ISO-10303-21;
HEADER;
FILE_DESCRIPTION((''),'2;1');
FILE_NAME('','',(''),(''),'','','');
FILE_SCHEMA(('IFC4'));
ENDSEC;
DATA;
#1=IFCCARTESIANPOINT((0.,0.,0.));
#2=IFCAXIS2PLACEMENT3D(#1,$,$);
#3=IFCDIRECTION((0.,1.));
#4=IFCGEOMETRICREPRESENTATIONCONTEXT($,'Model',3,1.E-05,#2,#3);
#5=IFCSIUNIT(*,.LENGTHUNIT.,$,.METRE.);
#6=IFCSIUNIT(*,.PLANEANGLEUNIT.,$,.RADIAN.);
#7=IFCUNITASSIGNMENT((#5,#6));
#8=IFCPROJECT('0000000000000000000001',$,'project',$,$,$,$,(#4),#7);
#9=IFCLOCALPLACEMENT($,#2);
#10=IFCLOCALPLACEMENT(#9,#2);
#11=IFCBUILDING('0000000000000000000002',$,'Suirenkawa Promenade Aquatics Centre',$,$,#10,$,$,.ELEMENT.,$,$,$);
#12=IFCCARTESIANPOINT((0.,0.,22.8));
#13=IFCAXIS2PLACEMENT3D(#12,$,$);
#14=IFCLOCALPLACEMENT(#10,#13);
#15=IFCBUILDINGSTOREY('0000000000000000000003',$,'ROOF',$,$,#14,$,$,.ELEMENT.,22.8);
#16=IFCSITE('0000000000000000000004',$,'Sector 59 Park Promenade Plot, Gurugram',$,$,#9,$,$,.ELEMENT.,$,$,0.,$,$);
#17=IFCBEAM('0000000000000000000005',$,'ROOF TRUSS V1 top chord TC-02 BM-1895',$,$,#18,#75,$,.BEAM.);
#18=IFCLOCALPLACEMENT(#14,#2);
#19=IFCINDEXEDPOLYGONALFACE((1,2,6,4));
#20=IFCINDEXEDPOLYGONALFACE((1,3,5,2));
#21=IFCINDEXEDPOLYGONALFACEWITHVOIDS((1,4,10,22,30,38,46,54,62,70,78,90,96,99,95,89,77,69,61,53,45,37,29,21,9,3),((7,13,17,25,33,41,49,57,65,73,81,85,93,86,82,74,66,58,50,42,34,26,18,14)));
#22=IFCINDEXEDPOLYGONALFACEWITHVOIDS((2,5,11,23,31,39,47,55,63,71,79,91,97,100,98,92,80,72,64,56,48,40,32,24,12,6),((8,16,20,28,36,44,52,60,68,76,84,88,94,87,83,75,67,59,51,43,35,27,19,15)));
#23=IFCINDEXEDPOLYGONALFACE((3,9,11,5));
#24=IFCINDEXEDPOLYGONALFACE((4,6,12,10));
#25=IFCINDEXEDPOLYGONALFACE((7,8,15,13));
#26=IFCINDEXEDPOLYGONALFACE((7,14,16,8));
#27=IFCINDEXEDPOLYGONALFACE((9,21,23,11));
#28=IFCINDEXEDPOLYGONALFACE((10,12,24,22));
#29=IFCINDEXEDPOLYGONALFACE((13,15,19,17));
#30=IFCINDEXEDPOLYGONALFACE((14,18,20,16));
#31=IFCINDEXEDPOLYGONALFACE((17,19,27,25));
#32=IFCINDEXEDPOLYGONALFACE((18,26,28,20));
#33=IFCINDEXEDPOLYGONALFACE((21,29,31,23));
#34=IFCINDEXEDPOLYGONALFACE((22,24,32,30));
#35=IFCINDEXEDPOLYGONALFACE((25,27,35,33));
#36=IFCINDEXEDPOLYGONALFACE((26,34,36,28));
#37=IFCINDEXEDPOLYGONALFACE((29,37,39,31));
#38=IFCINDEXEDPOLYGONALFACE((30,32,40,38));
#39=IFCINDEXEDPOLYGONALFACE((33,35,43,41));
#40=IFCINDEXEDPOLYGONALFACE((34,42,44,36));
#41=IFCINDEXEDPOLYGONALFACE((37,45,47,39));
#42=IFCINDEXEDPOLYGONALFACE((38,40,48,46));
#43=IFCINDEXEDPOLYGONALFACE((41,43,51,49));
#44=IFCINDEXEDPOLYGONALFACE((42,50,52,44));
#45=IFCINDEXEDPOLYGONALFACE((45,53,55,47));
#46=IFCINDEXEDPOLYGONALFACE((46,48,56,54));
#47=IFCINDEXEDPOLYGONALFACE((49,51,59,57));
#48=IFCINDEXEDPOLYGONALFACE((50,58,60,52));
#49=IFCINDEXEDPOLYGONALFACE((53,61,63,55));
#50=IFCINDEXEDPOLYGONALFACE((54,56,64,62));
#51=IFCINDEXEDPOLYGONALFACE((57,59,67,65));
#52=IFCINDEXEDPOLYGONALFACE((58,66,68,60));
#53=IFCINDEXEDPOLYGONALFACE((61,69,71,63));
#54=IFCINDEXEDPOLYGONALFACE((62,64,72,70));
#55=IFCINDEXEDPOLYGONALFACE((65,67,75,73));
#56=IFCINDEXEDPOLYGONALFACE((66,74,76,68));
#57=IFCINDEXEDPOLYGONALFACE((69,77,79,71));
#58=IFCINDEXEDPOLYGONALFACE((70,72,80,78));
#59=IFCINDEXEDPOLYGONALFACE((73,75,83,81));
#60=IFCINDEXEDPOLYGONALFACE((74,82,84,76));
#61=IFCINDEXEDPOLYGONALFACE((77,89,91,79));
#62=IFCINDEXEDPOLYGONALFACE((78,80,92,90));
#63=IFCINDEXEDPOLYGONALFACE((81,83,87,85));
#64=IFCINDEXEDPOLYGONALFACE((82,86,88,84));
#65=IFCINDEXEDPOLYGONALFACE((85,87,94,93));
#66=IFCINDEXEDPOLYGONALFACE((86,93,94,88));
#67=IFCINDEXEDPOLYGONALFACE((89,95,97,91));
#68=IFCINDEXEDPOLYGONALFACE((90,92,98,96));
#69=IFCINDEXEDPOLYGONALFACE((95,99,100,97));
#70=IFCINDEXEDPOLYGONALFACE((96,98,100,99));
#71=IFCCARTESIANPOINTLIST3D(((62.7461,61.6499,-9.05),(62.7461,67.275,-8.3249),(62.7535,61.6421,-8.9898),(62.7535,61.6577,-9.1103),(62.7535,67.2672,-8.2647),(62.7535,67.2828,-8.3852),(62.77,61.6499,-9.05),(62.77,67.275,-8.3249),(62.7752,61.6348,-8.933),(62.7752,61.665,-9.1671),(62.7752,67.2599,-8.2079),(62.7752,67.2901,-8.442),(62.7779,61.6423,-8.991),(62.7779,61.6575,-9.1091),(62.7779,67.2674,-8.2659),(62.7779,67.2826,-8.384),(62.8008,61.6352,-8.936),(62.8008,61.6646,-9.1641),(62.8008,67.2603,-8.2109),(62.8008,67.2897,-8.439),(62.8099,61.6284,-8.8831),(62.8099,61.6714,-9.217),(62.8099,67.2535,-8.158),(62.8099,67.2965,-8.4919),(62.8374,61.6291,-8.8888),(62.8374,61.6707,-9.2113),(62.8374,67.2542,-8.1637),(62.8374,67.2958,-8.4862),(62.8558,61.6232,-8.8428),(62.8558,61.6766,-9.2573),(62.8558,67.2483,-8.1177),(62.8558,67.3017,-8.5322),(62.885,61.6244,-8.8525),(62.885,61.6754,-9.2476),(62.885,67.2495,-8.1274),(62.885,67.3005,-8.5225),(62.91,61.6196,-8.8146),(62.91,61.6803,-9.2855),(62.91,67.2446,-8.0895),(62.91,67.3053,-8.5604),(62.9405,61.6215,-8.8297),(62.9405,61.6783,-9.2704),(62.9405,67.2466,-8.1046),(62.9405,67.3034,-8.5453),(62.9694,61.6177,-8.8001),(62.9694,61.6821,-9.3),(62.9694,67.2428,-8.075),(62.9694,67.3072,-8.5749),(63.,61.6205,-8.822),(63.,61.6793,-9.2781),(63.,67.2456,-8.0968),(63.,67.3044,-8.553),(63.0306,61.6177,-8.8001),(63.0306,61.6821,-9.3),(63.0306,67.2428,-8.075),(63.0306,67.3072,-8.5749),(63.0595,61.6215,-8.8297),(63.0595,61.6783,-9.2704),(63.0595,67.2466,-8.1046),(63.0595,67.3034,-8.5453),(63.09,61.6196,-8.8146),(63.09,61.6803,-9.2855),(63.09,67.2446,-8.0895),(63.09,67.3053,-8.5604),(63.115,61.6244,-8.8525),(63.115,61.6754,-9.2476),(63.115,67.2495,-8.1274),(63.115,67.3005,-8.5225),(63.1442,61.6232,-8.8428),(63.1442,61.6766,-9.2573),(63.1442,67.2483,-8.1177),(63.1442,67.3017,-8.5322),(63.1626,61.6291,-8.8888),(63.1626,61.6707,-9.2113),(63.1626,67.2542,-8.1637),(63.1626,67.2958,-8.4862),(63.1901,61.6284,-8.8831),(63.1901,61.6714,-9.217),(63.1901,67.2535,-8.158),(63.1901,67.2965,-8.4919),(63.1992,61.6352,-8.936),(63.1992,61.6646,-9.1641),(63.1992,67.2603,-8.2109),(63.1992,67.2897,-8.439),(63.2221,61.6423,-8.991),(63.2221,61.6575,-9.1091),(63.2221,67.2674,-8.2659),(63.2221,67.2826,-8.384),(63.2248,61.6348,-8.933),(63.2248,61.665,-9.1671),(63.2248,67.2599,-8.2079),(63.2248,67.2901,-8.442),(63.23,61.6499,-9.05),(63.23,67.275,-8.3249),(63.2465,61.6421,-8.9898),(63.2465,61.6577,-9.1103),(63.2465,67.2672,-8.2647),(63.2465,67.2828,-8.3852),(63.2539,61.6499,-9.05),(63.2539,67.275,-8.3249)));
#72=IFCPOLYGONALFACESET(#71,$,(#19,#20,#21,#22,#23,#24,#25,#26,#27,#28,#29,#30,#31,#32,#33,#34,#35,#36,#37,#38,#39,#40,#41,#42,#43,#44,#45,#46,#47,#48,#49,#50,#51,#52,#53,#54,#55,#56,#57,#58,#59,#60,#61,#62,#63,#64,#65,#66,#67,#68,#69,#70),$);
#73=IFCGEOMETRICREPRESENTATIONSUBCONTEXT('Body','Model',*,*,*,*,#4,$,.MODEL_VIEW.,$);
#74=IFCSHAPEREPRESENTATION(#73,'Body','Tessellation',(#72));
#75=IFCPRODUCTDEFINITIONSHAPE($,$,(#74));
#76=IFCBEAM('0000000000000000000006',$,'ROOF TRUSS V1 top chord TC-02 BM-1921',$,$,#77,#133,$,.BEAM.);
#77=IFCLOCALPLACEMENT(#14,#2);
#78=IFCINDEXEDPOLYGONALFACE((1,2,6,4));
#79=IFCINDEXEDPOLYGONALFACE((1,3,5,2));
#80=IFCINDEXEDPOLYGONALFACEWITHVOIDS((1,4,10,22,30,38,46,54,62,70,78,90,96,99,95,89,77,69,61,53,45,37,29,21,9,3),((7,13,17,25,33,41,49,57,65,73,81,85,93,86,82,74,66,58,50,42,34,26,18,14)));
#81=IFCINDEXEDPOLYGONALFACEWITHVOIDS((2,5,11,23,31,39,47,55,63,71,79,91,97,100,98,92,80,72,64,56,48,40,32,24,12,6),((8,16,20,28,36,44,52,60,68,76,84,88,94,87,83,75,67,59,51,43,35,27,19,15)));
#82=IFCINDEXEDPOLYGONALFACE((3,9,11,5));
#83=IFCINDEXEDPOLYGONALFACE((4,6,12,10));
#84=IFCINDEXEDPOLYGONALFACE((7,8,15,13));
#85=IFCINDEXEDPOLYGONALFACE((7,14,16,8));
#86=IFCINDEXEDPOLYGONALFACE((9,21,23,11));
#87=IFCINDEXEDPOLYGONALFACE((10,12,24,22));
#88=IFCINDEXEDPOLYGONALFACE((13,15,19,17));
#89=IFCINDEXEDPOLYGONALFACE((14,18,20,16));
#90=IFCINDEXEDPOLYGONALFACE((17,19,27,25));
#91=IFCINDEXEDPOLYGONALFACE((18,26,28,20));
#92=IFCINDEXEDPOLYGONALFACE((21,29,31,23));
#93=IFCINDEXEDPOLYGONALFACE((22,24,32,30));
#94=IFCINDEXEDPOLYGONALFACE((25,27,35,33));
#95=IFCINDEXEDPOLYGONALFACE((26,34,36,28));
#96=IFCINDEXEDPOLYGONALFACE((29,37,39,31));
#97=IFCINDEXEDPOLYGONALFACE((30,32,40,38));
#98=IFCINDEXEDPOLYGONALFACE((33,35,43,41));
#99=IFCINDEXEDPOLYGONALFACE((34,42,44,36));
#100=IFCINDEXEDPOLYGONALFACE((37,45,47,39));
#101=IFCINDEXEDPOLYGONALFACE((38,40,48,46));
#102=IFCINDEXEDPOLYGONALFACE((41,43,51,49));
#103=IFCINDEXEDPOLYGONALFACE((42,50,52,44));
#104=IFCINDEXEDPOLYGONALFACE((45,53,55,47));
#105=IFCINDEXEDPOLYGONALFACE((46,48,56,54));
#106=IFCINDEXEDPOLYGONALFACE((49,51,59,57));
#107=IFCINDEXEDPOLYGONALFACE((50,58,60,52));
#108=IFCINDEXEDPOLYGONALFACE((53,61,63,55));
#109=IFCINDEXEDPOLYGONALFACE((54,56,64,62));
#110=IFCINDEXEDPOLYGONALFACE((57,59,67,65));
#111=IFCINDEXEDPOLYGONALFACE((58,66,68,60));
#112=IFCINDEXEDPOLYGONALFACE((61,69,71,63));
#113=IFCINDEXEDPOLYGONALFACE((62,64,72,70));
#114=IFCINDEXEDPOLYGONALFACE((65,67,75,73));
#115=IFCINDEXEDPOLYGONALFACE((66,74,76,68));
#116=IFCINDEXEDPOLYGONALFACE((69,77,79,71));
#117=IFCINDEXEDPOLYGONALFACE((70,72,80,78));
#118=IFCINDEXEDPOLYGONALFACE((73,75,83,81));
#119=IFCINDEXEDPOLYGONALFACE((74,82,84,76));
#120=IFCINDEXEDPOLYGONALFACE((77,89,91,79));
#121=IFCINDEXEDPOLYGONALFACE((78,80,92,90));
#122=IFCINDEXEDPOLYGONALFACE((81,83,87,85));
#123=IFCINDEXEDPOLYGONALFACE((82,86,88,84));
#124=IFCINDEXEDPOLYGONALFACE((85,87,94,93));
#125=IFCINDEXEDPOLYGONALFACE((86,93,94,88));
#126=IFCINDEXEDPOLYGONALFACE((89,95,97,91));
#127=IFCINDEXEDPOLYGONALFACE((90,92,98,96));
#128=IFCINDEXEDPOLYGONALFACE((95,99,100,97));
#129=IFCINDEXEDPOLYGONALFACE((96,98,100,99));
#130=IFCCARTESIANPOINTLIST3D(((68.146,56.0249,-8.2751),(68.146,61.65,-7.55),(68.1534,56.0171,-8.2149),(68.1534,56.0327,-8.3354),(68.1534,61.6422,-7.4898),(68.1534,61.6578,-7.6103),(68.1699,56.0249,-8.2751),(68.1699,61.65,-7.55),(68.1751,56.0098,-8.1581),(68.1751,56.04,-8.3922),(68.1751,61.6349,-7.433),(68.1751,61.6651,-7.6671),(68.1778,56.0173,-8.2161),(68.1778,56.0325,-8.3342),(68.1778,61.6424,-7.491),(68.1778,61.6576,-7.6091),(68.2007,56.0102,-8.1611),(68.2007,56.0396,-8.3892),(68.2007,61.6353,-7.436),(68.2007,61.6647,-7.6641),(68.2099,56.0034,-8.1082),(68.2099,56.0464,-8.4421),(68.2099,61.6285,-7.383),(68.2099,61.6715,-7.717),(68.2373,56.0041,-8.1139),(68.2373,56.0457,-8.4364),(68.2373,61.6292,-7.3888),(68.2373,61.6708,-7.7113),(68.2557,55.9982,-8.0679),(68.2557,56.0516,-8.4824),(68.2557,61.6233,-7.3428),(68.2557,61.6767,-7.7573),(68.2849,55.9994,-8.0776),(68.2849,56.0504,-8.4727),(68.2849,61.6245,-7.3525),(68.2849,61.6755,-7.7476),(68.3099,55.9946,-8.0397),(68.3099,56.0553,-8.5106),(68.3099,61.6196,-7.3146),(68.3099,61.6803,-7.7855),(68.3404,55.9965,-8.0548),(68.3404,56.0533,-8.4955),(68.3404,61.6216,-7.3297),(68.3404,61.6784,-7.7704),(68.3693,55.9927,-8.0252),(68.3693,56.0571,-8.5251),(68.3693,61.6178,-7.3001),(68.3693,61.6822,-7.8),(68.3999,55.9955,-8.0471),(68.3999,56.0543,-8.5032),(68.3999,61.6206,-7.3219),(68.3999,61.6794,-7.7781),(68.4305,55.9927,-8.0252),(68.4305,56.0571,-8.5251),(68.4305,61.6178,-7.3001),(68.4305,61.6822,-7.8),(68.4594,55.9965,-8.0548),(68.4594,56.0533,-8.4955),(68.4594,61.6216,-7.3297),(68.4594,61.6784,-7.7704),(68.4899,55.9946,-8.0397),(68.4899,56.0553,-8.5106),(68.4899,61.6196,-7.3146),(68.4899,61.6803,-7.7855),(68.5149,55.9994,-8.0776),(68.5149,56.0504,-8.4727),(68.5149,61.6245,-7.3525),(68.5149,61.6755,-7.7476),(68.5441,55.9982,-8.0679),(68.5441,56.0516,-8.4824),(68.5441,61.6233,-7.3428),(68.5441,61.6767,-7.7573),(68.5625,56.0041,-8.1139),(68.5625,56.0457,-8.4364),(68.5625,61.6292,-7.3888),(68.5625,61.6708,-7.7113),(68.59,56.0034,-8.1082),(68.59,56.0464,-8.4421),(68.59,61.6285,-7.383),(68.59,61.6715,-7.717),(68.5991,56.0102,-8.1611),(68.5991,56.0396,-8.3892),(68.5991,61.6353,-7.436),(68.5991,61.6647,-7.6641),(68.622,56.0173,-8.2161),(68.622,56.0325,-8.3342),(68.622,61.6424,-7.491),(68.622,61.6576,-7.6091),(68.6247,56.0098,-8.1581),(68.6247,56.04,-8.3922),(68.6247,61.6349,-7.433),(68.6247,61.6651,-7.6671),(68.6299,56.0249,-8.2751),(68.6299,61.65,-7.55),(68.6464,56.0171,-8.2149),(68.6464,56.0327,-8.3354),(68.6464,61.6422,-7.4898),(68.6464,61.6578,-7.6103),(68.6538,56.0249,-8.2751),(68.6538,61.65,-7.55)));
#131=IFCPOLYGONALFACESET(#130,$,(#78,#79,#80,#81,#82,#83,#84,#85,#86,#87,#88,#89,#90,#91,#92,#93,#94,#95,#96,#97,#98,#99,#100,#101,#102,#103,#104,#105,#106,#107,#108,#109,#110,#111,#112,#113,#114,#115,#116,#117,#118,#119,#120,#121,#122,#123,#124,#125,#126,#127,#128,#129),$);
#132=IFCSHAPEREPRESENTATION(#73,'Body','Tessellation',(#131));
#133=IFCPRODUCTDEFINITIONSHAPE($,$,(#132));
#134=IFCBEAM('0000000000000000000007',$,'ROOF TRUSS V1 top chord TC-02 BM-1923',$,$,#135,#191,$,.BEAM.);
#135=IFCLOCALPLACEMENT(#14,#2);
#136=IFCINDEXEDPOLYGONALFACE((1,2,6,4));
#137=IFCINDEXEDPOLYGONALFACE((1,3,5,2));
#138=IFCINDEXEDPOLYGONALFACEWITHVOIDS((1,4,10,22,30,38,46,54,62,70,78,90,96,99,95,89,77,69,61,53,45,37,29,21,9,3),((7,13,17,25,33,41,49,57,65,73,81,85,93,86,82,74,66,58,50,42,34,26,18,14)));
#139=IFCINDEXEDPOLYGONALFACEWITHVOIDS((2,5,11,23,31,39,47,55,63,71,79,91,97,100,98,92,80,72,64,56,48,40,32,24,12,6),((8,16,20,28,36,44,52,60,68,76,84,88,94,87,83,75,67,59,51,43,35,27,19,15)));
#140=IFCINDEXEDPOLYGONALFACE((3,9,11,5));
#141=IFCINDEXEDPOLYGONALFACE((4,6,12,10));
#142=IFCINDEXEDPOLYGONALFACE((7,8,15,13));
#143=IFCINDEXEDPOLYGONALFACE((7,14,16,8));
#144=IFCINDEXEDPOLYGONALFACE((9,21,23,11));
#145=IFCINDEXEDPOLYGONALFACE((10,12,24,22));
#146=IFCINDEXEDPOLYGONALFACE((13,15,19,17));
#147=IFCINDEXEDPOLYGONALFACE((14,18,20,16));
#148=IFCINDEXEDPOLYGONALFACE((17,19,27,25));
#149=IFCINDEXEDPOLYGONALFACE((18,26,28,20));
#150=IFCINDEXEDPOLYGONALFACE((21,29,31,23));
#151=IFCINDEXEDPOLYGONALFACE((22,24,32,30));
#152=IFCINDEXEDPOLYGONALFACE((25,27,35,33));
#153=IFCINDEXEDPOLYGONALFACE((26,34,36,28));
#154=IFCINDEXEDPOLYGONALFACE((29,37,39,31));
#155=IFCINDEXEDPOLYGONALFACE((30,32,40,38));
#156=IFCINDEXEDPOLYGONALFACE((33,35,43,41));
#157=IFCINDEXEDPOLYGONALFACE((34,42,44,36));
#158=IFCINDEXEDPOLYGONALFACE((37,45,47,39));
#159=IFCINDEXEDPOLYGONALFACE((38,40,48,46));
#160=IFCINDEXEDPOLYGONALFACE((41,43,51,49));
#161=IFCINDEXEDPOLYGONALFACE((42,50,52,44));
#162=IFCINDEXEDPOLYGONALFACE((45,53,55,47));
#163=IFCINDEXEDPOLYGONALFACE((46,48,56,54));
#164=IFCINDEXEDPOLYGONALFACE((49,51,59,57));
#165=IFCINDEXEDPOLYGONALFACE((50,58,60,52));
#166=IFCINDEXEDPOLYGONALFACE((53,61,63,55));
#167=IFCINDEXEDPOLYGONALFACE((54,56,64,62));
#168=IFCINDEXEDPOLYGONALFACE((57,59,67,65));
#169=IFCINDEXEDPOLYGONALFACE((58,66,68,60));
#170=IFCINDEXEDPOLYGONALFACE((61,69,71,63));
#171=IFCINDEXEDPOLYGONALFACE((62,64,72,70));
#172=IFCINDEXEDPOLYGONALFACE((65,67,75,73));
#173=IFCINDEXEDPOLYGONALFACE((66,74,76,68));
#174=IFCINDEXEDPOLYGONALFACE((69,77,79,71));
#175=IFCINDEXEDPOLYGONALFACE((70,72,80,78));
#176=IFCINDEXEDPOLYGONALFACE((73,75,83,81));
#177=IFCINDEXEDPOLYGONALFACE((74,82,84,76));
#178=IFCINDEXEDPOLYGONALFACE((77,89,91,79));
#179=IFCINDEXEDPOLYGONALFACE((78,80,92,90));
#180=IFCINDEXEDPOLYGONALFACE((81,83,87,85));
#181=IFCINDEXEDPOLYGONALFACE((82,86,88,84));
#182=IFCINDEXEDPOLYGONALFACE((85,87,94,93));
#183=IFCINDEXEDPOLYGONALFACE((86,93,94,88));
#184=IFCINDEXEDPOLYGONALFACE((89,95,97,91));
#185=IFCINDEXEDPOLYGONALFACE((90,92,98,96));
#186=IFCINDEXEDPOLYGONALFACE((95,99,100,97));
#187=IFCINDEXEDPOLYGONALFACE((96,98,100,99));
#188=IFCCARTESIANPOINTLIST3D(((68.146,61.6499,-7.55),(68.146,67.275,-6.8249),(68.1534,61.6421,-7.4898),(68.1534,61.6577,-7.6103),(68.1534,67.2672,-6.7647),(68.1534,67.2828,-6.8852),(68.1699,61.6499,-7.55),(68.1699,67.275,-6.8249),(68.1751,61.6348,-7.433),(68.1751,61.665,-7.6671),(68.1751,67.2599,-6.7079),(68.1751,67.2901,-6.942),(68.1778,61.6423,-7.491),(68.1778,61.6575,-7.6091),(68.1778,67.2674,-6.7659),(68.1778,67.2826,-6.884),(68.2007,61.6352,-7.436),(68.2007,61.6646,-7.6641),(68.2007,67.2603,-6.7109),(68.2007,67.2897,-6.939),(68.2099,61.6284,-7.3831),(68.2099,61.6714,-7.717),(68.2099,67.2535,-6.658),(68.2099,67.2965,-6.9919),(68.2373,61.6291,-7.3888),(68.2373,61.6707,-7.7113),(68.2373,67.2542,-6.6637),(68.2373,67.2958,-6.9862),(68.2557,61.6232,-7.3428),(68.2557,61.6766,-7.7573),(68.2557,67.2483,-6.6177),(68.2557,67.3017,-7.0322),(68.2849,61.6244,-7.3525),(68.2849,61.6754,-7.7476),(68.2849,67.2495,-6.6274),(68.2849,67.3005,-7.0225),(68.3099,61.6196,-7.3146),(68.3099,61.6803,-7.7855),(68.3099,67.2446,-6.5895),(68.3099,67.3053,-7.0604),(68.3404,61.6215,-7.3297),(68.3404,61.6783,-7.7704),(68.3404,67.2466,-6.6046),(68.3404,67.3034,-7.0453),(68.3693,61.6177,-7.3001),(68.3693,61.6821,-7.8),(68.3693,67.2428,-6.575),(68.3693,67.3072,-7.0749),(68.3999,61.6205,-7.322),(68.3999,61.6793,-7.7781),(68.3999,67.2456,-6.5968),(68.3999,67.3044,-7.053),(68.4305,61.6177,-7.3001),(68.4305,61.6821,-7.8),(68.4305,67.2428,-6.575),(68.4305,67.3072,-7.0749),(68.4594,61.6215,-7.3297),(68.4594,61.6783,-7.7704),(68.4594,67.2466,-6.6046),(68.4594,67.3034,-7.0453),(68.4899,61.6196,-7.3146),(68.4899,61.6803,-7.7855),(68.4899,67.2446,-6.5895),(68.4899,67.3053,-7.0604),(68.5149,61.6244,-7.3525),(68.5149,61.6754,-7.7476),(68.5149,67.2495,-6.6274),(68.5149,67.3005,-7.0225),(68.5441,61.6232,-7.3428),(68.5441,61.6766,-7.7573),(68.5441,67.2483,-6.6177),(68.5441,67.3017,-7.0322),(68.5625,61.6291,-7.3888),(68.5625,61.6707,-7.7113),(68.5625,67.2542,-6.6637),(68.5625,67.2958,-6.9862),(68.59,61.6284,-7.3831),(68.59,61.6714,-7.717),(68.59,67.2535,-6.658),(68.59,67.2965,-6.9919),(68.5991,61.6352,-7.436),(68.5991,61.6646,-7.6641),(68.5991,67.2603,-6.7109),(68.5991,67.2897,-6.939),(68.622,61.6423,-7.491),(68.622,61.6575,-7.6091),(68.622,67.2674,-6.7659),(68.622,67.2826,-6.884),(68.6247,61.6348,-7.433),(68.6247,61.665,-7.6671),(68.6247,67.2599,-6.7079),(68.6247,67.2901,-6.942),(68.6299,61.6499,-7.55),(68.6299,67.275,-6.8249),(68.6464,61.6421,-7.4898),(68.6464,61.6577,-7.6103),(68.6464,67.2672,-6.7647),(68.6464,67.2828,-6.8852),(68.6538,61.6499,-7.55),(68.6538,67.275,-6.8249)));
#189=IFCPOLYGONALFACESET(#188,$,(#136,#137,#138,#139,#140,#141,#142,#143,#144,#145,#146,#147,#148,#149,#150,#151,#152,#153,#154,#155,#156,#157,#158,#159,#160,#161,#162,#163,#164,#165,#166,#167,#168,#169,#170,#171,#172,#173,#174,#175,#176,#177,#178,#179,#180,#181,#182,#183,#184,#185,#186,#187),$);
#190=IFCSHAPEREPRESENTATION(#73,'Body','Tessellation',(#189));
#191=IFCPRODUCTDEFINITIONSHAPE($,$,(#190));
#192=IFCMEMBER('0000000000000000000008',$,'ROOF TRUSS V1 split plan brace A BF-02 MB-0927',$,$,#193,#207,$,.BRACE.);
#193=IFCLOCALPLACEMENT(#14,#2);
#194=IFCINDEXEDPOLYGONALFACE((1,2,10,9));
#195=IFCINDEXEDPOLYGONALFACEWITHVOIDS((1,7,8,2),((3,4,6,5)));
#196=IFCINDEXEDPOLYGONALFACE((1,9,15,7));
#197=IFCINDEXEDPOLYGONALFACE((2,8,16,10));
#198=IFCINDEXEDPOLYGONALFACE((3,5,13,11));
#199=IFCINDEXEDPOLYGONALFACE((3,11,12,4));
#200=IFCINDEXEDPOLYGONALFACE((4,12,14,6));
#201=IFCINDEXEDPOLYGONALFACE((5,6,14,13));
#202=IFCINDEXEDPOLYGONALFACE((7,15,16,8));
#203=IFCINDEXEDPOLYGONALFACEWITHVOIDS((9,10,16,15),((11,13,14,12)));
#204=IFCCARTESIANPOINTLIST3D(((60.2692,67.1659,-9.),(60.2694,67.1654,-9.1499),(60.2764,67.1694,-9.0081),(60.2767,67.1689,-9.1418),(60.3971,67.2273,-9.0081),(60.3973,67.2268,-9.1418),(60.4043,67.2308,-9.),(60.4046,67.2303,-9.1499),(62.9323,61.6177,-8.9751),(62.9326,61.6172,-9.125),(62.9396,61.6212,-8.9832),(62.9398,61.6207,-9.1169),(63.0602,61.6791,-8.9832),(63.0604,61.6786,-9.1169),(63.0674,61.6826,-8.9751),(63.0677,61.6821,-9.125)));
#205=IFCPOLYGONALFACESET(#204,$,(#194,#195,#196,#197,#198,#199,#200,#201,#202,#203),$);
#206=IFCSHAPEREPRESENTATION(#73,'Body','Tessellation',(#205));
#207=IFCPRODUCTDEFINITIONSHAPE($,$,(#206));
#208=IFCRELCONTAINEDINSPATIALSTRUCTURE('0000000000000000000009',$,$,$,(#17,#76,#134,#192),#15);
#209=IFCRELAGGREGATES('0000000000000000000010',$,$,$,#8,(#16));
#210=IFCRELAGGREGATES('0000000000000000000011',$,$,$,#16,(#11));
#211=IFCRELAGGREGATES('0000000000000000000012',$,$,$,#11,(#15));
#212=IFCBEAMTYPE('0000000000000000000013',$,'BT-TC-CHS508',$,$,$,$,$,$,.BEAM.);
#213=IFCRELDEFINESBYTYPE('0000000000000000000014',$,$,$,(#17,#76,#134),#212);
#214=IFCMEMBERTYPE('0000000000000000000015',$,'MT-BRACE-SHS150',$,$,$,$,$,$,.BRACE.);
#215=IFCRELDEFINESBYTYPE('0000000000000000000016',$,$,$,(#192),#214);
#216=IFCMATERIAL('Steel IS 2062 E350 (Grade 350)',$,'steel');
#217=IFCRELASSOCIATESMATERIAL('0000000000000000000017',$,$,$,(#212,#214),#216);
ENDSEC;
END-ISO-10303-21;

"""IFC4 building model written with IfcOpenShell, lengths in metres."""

from ifc_helpers import new_model, si_unit, direction, frame, origin, origin_2d, place, context, subcontext, project, spatial, hollow_rectangle, hollow_circle, extrude, material, material_profile, profile_set, type_object, element, save


model = new_model("IFC4")

# Units and contexts
model_context = context("Model", 3, precision=1e-05, world=origin(), true_north=direction((0.0, 1.0)))
body_context = subcontext(model_context, "Body", "Model", "MODEL_VIEW")
ifc_project = project(units=[si_unit("LENGTHUNIT", "METRE"), si_unit("PLANEANGLEUNIT", "RADIAN")], contexts=[model_context])

# Site, building, storey
site_placement = place(None, origin())
site = spatial("IfcSite", under=ifc_project, at=site_placement, Name="Sector 59 Park Promenade Plot, Gurugram", CompositionType="ELEMENT", RefElevation=0.0)
building_placement = place(site_placement, origin())
building = spatial("IfcBuilding", under=site, at=building_placement, Name="Suirenkawa Promenade Aquatics Centre", CompositionType="ELEMENT")
storey_placement = place(building_placement, frame((0.0, 0.0, 22.8)))
storey = spatial("IfcBuildingStorey", under=building, at=storey_placement, Name="ROOF", CompositionType="ELEMENT", Elevation=22.8)

# Beams
ifc_material = material(Name="Steel IS 2062 E350 (Grade 350)", Category="steel")
ifc_material_profile_1 = material_profile(ifc_material, hollow_circle(Radius=0.2539, WallThickness=0.0239, at=origin_2d()), Name="CHS 508x24", Category="steel")
ifc_profile_set_1 = profile_set([ifc_material_profile_1], Name="Steel IS 2062 E350 (Grade 350)")
beam_type_1 = type_object("IfcBeamType", Name="BT-TC-CHS508", PredefinedType="BEAM", material=ifc_profile_set_1)
for number, where, z_axis, x_axis, name in (
    (1, (63.0, 61.6499, -9.05), (0.0, 0.991794, 0.127848), (-1.0, 0.0, 0.0), "ROOF TRUSS V1 top chord TC-02 BM-1895"),
    (2, (68.3999, 56.0249, -8.2751), (0.0, 0.991794, 0.127848), (-1.0, 0.0, 0.0), "ROOF TRUSS V1 top chord TC-02 BM-1921"),
    (3, (68.3999, 61.6499, -7.55), (0.0, 0.991794, 0.127848), (-1.0, 0.0, 0.0), "ROOF TRUSS V1 top chord TC-02 BM-1923"),
):
    element("IfcBeam", number, at=place(storey_placement, frame(where, z_axis=z_axis, x_axis=x_axis)), inside=storey, type_object=beam_type_1, Name=name, PredefinedType="BEAM", context=body_context, shape_type="SweptSolid", body=[
        extrude(hollow_circle(Radius=0.2539, WallThickness=0.0239, at=origin_2d()), origin(), (0.0, 0.0, 1.0), 5.6716),
    ])

# Member
ifc_material_profile_2 = material_profile(ifc_material, hollow_rectangle(XDim=0.1499, YDim=0.1499, WallThickness=0.0081, at=origin_2d()), Name="SHS 150x150x8", Category="steel")
ifc_profile_set_2 = profile_set([ifc_material_profile_2], Name="Steel IS 2062 E350 (Grade 350)")
member_type_1 = type_object("IfcMemberType", Name="MT-BRACE-SHS150", PredefinedType="BRACE", material=ifc_profile_set_2)
member_1_placement = place(storey_placement, frame((63.0, 61.6499, -9.05), z_axis=(-0.432728, 0.901516, -0.004046), x_axis=(-0.901523, -0.432731, 0.0)))
element("IfcMember", 4, at=member_1_placement, inside=storey, type_object=member_type_1, Name="ROOF TRUSS V1 split plan brace A BF-02 MB-0927", PredefinedType="BRACE", context=body_context, shape_type="SweptSolid", body=[
    extrude(hollow_rectangle(XDim=0.1499, YDim=0.1499, WallThickness=0.0081, at=origin_2d()), origin(), (0.0, 0.0, 1.0), 6.1543),
])

save(model, "model.ifc")
